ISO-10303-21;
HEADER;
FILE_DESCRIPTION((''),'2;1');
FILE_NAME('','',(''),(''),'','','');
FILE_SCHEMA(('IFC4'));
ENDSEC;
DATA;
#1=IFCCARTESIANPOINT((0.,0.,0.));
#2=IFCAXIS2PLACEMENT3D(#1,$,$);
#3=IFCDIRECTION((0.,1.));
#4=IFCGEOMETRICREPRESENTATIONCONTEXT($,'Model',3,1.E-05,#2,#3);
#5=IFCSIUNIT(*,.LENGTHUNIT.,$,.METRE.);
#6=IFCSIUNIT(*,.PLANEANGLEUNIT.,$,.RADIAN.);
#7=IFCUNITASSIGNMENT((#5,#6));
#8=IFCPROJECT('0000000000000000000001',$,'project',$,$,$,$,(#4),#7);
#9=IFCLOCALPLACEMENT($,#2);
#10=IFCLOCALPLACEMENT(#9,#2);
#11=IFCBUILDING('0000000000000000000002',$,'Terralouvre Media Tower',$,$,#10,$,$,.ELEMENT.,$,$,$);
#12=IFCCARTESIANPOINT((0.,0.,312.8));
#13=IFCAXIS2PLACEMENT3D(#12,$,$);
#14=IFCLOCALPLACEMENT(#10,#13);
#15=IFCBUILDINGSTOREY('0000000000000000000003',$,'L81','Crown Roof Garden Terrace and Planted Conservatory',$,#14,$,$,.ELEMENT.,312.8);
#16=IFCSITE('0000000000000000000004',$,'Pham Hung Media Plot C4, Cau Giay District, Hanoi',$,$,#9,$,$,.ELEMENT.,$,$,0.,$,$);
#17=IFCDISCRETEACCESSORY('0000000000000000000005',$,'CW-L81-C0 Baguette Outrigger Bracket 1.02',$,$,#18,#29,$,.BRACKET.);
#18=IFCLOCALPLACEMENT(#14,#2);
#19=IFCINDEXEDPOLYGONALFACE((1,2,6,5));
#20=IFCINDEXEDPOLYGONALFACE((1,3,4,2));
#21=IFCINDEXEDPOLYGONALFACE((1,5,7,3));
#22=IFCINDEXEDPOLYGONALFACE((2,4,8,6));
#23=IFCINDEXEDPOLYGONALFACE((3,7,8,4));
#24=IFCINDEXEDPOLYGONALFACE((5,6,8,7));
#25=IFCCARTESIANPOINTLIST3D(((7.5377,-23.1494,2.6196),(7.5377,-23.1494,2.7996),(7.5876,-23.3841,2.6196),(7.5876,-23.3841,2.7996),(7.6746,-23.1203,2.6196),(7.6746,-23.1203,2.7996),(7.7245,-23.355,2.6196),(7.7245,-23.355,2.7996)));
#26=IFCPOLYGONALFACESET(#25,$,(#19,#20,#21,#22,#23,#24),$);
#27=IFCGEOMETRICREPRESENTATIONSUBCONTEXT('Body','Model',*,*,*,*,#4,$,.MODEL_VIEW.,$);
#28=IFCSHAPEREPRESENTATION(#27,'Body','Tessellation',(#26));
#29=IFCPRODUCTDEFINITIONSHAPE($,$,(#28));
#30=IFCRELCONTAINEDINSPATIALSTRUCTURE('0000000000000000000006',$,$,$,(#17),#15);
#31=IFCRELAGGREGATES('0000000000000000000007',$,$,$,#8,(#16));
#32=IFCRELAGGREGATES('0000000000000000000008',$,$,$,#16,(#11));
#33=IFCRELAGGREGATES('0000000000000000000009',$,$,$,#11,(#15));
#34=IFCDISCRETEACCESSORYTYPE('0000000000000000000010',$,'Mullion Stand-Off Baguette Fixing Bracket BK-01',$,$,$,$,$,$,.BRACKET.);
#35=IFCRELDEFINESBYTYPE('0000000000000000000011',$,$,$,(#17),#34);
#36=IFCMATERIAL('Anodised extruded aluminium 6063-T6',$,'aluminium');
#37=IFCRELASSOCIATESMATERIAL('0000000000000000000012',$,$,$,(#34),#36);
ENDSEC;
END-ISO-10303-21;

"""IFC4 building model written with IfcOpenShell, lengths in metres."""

from ifc_helpers import new_model, si_unit, direction, frame, origin, origin_2d, place, context, subcontext, project, spatial, rectangle, extrude, material, type_object, element, save


model = new_model("IFC4")

# Units and contexts
model_context = context("Model", 3, precision=1e-05, world=origin(), true_north=direction((0.0, 1.0)))
body_context = subcontext(model_context, "Body", "Model", "MODEL_VIEW")
ifc_project = project(units=[si_unit("LENGTHUNIT", "METRE"), si_unit("PLANEANGLEUNIT", "RADIAN")], contexts=[model_context])

# Site, building, storey
site_placement = place(None, origin())
site = spatial("IfcSite", under=ifc_project, at=site_placement, Name="Pham Hung Media Plot C4, Cau Giay District, Hanoi", CompositionType="ELEMENT", RefElevation=0.0)
building_placement = place(site_placement, origin())
building = spatial("IfcBuilding", under=site, at=building_placement, Name="Terralouvre Media Tower", CompositionType="ELEMENT")
storey_placement = place(building_placement, frame((0.0, 0.0, 312.8)))
storey = spatial("IfcBuildingStorey", under=building, at=storey_placement, Name="L81", Description="Crown Roof Garden Terrace and Planted Conservatory", CompositionType="ELEMENT", Elevation=312.8)

# Discrete accessory
ifc_material_1 = material(Name="Anodised extruded aluminium 6063-T6", Category="aluminium")
discrete_accessory_type = type_object("IfcDiscreteAccessoryType", Name="Mullion Stand-Off Baguette Fixing Bracket BK-01", PredefinedType="BRACKET", material=ifc_material_1)
for number, where, z_axis, x_axis, name in (
    (1, (7.6311, -23.2522, 2.6196), (0.0, 0.0, 1.0), (0.978148, 0.207912, 0.0), "CW-L81-C0 Baguette Outrigger Bracket 1.02"),
):
    element("IfcDiscreteAccessory", number, at=place(storey_placement, frame(where, z_axis=z_axis, x_axis=x_axis)), inside=storey, type_object=discrete_accessory_type, Name=name, PredefinedType="BRACKET", context=body_context, shape_type="SweptSolid", body=[
        extrude(rectangle(XDim=0.1399, YDim=0.24, at=origin_2d()), origin(), (0.0, 0.0, 1.0), 0.1799),
    ])

save(model, "model.ifc")
